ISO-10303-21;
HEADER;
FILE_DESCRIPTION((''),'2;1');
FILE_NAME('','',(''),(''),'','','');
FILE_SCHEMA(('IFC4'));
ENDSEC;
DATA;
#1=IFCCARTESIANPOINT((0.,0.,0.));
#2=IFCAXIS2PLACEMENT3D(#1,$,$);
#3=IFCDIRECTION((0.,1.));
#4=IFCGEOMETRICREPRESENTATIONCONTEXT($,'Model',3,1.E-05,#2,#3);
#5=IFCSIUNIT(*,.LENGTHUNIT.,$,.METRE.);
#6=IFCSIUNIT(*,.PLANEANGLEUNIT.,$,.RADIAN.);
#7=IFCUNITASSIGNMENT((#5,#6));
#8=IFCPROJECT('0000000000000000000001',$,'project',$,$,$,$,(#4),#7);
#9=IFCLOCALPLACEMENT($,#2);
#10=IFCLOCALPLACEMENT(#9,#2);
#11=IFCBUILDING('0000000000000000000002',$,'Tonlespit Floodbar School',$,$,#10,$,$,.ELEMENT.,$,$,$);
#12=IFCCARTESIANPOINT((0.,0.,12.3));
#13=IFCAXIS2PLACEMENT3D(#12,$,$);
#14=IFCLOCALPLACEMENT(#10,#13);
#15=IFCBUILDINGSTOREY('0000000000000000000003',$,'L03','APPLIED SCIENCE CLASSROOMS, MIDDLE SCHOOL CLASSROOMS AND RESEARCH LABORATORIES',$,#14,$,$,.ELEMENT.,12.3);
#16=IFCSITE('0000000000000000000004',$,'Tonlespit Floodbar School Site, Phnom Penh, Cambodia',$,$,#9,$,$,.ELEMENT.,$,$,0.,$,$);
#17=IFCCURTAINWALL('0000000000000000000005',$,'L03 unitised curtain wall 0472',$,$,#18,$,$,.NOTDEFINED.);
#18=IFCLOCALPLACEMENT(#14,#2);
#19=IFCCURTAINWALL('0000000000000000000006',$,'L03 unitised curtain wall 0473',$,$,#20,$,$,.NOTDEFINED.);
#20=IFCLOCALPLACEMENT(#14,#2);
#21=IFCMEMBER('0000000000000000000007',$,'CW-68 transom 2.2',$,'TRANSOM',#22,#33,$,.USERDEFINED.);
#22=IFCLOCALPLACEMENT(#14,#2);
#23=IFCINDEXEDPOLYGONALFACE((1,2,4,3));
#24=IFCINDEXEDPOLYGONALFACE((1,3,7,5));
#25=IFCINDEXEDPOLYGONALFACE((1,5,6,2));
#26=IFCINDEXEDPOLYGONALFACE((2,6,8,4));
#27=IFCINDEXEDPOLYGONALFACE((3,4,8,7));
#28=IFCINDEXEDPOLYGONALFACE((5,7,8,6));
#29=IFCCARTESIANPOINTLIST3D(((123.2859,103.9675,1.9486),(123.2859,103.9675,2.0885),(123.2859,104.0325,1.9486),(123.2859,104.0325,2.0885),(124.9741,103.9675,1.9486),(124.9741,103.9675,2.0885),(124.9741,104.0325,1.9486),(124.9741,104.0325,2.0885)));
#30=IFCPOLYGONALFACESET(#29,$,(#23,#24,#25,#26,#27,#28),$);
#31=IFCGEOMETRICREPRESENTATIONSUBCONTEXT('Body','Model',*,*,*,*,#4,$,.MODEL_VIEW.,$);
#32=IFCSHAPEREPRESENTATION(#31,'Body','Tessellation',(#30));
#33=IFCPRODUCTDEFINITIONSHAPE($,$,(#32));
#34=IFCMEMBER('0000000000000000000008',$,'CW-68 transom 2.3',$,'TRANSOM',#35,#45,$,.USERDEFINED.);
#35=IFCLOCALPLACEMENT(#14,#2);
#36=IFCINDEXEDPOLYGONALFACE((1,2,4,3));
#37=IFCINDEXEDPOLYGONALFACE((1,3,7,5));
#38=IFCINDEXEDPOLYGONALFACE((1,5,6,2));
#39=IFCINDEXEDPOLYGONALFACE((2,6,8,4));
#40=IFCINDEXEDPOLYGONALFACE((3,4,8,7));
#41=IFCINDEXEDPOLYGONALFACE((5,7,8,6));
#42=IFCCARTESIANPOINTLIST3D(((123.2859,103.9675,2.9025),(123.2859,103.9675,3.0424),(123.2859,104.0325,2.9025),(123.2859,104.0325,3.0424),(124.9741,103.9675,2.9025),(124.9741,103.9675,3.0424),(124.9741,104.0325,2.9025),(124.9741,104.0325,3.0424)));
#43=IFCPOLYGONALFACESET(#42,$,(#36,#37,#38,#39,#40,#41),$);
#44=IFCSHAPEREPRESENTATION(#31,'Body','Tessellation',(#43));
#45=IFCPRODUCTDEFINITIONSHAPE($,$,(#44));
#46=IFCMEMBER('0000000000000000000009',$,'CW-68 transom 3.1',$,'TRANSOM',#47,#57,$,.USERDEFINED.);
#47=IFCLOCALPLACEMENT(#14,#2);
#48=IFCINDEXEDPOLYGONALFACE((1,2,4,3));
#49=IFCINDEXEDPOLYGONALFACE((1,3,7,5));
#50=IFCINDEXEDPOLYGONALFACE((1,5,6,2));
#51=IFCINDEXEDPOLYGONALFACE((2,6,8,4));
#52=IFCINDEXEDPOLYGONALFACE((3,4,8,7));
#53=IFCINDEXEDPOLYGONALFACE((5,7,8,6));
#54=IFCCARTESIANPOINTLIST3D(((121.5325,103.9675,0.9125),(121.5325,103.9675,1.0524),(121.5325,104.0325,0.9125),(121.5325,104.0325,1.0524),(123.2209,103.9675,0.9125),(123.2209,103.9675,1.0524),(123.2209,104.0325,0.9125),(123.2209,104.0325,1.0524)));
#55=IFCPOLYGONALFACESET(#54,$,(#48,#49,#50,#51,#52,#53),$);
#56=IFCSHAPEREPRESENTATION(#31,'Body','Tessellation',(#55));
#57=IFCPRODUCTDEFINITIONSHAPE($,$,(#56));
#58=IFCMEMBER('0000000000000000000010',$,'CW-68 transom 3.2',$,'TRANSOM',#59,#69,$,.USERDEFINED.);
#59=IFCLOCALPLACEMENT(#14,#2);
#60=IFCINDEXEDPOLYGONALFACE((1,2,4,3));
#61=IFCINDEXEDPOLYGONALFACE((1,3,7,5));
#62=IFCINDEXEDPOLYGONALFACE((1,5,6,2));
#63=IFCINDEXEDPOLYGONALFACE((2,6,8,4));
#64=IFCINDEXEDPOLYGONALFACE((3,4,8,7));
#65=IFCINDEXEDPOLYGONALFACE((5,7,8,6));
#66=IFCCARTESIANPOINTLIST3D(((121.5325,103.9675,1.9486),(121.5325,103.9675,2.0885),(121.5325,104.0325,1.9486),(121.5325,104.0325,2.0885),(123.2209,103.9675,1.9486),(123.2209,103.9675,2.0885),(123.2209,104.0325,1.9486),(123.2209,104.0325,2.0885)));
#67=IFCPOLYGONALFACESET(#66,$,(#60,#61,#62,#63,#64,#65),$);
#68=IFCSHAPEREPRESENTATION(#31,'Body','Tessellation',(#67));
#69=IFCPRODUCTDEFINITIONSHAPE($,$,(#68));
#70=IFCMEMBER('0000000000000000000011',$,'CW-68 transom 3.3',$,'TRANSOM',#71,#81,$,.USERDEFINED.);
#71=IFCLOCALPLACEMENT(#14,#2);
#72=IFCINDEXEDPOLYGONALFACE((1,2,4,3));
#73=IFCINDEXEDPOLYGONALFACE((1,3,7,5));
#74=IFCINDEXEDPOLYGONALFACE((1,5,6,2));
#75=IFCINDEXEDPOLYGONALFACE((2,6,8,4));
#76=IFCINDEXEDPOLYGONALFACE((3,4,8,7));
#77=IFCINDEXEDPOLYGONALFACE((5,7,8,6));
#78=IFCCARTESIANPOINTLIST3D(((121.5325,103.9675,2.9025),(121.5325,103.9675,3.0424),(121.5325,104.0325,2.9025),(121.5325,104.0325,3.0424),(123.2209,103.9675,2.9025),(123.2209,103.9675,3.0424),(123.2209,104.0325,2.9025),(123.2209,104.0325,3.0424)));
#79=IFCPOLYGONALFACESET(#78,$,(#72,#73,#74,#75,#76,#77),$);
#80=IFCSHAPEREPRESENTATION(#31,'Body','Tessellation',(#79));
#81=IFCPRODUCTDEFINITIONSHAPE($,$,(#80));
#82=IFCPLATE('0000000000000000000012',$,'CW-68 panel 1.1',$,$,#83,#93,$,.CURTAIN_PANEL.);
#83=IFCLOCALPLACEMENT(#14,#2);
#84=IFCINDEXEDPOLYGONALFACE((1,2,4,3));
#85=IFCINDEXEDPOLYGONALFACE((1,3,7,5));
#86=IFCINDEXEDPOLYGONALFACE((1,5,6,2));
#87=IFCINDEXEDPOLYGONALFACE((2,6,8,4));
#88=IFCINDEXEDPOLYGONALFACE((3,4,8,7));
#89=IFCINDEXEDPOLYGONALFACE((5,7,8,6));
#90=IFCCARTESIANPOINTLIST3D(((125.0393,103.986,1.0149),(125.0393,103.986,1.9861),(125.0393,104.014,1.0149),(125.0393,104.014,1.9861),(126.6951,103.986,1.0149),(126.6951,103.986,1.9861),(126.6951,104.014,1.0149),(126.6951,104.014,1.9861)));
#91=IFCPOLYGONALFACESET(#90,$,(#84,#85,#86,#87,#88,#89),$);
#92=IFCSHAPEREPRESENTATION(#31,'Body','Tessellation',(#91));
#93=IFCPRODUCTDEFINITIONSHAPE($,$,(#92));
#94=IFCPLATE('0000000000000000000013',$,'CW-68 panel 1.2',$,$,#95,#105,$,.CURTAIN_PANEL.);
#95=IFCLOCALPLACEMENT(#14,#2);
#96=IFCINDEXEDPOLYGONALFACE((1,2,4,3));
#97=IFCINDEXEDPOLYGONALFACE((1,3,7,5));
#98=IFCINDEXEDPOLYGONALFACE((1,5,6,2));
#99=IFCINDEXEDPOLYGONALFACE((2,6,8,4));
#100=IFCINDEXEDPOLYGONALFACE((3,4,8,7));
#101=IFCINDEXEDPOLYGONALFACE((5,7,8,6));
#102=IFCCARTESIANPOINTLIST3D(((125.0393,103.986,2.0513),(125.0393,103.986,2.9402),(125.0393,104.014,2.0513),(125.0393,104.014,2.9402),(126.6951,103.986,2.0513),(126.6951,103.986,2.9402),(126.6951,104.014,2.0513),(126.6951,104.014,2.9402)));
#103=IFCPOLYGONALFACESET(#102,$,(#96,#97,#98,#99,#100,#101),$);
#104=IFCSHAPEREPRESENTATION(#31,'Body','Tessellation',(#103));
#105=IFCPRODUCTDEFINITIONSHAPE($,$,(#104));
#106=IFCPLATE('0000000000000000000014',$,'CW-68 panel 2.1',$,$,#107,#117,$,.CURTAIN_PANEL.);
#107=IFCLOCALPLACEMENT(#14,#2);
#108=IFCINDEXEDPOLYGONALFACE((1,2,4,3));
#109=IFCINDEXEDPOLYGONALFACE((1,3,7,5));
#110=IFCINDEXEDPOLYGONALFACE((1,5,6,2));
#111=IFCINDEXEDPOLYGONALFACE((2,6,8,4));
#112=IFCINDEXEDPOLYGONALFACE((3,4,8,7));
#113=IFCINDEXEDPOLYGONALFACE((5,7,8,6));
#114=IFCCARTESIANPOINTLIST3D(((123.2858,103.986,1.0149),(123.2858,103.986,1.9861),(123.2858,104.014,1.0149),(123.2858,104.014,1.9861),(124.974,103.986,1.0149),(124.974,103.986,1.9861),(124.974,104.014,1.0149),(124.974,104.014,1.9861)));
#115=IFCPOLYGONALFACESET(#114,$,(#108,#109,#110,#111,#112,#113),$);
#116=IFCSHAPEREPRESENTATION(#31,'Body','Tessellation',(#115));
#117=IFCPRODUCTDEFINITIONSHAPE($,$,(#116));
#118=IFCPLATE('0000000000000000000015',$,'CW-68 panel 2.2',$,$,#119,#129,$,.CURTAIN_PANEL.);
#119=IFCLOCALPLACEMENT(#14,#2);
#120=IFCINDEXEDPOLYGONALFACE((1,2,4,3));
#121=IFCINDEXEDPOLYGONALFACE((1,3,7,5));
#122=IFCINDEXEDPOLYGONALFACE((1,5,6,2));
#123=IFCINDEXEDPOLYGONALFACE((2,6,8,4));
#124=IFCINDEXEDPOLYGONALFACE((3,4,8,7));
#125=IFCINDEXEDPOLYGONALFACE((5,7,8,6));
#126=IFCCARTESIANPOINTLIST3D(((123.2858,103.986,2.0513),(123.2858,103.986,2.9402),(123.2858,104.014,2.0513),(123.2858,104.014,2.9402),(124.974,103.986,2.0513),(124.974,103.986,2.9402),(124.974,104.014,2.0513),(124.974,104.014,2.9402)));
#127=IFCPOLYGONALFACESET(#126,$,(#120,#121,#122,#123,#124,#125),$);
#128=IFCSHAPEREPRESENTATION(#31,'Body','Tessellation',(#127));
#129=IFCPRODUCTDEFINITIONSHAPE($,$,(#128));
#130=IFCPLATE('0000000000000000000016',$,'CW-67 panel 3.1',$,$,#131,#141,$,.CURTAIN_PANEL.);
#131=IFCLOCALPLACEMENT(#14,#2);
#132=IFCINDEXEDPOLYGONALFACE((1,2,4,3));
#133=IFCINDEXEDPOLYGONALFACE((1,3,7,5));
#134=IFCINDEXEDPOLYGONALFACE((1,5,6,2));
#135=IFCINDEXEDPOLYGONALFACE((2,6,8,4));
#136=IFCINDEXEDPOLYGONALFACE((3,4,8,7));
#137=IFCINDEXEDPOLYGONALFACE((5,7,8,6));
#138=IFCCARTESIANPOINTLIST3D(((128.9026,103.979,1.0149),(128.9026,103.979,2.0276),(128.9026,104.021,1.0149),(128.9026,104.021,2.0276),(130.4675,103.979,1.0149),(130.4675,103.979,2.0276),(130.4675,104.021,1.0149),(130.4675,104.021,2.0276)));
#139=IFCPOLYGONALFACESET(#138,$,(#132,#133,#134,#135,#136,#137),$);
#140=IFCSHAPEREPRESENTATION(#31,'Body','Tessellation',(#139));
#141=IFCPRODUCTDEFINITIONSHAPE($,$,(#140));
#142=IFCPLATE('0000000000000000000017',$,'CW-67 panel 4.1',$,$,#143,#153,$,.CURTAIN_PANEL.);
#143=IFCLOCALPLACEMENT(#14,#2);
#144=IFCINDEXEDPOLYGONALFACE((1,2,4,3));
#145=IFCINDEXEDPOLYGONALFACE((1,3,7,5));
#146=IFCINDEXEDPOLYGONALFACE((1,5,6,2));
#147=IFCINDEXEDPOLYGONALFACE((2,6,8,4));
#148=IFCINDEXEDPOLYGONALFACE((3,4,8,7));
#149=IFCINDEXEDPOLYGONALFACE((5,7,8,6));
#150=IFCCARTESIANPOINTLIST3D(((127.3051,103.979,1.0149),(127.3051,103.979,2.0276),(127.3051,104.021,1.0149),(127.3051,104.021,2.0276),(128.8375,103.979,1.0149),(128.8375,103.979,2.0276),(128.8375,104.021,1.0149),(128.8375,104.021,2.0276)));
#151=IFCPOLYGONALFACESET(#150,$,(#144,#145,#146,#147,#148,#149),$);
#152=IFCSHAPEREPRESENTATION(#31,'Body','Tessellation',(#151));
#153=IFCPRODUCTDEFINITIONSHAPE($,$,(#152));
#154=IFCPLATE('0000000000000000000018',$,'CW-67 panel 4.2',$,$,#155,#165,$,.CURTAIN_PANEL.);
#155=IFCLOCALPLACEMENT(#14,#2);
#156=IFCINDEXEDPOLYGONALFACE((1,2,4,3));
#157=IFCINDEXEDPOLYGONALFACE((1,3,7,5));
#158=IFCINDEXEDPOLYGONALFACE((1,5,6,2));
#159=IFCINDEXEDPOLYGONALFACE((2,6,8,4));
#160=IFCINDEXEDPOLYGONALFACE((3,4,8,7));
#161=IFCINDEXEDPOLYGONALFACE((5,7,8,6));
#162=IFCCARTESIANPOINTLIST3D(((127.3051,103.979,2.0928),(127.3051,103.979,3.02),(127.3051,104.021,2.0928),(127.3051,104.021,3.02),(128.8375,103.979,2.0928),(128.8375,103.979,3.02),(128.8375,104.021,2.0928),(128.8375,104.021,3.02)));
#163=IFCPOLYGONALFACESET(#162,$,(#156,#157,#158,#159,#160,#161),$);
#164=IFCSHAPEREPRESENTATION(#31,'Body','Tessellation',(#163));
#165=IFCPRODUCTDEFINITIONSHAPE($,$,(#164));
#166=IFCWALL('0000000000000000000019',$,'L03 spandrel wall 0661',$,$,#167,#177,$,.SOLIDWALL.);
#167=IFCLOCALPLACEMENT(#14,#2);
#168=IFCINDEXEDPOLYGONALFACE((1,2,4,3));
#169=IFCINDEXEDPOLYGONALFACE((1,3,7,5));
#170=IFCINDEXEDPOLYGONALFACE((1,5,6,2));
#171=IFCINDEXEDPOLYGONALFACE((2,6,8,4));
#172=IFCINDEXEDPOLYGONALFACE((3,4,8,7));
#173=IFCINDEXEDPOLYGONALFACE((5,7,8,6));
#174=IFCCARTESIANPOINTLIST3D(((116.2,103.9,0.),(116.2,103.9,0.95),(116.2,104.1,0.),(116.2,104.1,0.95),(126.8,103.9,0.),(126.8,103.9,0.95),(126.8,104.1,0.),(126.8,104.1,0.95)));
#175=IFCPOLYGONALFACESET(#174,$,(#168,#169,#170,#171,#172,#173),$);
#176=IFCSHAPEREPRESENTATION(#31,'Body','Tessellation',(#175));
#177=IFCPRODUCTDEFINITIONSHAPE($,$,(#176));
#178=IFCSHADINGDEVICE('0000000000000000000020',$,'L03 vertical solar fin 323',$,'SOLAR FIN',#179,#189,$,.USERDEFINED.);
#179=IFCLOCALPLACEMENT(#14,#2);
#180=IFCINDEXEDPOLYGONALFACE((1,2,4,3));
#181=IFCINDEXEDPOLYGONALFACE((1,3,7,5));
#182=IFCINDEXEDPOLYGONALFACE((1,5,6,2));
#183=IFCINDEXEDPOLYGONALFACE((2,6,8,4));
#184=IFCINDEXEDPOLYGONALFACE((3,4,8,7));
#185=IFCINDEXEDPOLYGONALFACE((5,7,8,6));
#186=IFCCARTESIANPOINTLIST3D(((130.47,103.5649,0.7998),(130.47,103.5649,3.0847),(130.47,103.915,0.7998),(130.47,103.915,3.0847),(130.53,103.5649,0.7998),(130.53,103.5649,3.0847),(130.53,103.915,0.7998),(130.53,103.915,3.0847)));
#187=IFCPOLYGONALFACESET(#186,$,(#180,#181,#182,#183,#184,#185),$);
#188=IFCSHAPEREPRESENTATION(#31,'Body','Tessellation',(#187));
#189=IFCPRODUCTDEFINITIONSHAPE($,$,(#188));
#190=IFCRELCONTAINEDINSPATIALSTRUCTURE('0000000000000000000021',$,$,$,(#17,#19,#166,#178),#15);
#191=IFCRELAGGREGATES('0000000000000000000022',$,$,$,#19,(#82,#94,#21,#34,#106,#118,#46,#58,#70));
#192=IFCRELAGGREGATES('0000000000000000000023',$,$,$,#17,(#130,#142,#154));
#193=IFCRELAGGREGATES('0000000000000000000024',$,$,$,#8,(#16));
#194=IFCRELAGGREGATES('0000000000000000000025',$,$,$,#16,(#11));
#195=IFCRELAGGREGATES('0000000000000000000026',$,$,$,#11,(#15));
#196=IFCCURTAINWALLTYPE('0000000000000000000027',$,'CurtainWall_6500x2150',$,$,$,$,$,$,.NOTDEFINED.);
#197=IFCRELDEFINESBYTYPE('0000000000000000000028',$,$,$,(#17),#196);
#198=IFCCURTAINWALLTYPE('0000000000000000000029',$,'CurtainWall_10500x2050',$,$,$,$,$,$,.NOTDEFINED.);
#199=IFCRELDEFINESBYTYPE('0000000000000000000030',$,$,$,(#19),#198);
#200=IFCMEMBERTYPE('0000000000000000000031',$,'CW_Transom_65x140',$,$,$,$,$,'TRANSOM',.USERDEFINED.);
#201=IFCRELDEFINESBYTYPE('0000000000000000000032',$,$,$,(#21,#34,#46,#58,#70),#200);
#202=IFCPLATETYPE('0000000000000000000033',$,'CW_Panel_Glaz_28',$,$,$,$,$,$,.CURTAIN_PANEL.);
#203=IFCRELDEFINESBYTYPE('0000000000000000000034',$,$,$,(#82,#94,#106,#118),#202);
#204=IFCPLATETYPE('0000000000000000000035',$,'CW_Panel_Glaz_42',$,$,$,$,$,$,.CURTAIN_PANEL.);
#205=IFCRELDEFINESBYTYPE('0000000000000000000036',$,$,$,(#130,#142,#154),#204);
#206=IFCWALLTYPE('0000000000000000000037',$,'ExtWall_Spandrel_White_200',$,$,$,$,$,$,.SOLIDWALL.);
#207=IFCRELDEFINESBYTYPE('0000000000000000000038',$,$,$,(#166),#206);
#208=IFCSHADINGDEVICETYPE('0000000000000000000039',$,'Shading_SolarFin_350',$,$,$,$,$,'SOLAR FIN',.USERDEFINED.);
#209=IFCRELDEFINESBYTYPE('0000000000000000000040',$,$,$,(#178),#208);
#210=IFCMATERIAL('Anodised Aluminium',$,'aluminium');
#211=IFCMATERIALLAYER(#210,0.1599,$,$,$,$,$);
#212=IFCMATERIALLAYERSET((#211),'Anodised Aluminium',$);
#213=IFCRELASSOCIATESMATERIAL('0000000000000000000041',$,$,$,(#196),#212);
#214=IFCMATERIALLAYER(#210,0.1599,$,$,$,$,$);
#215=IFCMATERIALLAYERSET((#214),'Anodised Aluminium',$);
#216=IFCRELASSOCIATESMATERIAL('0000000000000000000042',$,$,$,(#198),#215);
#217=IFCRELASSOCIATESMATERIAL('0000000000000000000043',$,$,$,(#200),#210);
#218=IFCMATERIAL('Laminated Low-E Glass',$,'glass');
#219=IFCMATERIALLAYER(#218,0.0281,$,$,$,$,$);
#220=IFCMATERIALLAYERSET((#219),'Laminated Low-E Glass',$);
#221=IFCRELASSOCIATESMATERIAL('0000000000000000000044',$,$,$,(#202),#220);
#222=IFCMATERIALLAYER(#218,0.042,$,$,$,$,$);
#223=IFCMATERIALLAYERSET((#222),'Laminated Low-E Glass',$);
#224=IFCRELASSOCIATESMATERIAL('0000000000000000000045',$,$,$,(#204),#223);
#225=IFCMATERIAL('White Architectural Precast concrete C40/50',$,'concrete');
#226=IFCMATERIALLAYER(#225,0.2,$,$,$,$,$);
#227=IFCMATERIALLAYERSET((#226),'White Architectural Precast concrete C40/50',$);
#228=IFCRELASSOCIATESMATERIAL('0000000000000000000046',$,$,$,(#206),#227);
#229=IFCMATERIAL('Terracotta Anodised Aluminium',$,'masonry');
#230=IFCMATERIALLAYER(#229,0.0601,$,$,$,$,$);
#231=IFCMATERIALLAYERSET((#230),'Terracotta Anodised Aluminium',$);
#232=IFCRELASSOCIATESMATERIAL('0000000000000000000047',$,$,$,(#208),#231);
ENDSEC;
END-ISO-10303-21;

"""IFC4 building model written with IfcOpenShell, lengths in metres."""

from ifc_helpers import new_model, si_unit, direction, frame, frame_2d, origin, origin_2d, place, context, subcontext, project, spatial, rectangle, extrude, material, layer, layer_set, material_profile, profile_set, type_object, element, aggregate, save


model = new_model("IFC4")

# Units and contexts
model_context = context("Model", 3, precision=1e-05, world=origin(), true_north=direction((0.0, 1.0)))
body_context = subcontext(model_context, "Body", "Model", "MODEL_VIEW")
ifc_project = project(units=[si_unit("LENGTHUNIT", "METRE"), si_unit("PLANEANGLEUNIT", "RADIAN")], contexts=[model_context])

# Site, building, storey
site_placement = place(None, origin())
site = spatial("IfcSite", under=ifc_project, at=site_placement, Name="Tonlespit Floodbar School Site, Phnom Penh, Cambodia", CompositionType="ELEMENT", RefElevation=0.0)
building_placement = place(site_placement, origin())
building = spatial("IfcBuilding", under=site, at=building_placement, Name="Tonlespit Floodbar School", CompositionType="ELEMENT")
storey_placement = place(building_placement, frame((0.0, 0.0, 12.3)))
storey = spatial("IfcBuildingStorey", under=building, at=storey_placement, Name="L03", Description="APPLIED SCIENCE CLASSROOMS, MIDDLE SCHOOL CLASSROOMS AND RESEARCH LABORATORIES", CompositionType="ELEMENT", Elevation=12.3)

# Curtain walls
ifc_material_1 = material(Name="Anodised Aluminium", Category="aluminium")
ifc_layer_1 = layer(ifc_material_1, 0.1599)
ifc_layer_set_1 = layer_set([ifc_layer_1], Name="Anodised Aluminium")
curtain_wall_type_1 = type_object("IfcCurtainWallType", Name="CurtainWall_6500x2150", PredefinedType="NOTDEFINED", material=ifc_layer_set_1)
curtain_wall_1_placement = place(storey_placement, origin())
curtain_wall_1 = element("IfcCurtainWall", 1, at=curtain_wall_1_placement, inside=storey, type_object=curtain_wall_type_1, Name="L03 unitised curtain wall 0472", PredefinedType="NOTDEFINED")
ifc_layer_2 = layer(ifc_material_1, 0.1599)
ifc_layer_set_2 = layer_set([ifc_layer_2], Name="Anodised Aluminium")
curtain_wall_type_2 = type_object("IfcCurtainWallType", Name="CurtainWall_10500x2050", PredefinedType="NOTDEFINED", material=ifc_layer_set_2)
curtain_wall_2_placement = place(storey_placement, origin())
curtain_wall_2 = element("IfcCurtainWall", 2, at=curtain_wall_2_placement, inside=storey, type_object=curtain_wall_type_2, Name="L03 unitised curtain wall 0473", PredefinedType="NOTDEFINED")

# Members
ifc_material_profile_1 = material_profile(ifc_material_1, rectangle(XDim=0.0649, YDim=0.1399, at=origin_2d()), Name="ALU T65x140")
ifc_profile_set_1 = profile_set([ifc_material_profile_1], Name="Anodised Aluminium")
member_type_1 = type_object("IfcMemberType", Name="CW_Transom_65x140", ElementType="TRANSOM", PredefinedType="USERDEFINED", material=ifc_profile_set_1)
member_1_placement = place(storey_placement, frame((124.9741, 104.0, 2.0186), z_axis=(-1.0, 0.0, 0.0), x_axis=(0.0, -1.0, 0.0)))
member_1 = element("IfcMember", 3, at=member_1_placement, type_object=member_type_1, Name="CW-68 transom 2.2", ObjectType="TRANSOM", PredefinedType="USERDEFINED", context=body_context, shape_type="SweptSolid", body=[
    extrude(rectangle(XDim=0.0649, YDim=0.1399, at=origin_2d()), origin(), (0.0, 0.0, 1.0), 1.6882),
])
member_2_placement = place(storey_placement, frame((124.9741, 104.0, 2.9724), z_axis=(-1.0, 0.0, 0.0), x_axis=(0.0, -1.0, 0.0)))
member_2 = element("IfcMember", 4, at=member_2_placement, type_object=member_type_1, Name="CW-68 transom 2.3", ObjectType="TRANSOM", PredefinedType="USERDEFINED", context=body_context, shape_type="SweptSolid", body=[
    extrude(rectangle(XDim=0.0649, YDim=0.1399, at=origin_2d()), origin(), (0.0, 0.0, 1.0), 1.6882),
])
member_3_placement = place(storey_placement, frame((123.2209, 104.0, 0.9824), z_axis=(-1.0, 0.0, 0.0), x_axis=(0.0, -1.0, 0.0)))
member_3 = element("IfcMember", 5, at=member_3_placement, type_object=member_type_1, Name="CW-68 transom 3.1", ObjectType="TRANSOM", PredefinedType="USERDEFINED", context=body_context, shape_type="SweptSolid", body=[
    extrude(rectangle(XDim=0.0649, YDim=0.1399, at=origin_2d()), origin(), (0.0, 0.0, 1.0), 1.6885),
])
member_4_placement = place(storey_placement, frame((123.2209, 104.0, 2.0186), z_axis=(-1.0, 0.0, 0.0), x_axis=(0.0, -1.0, 0.0)))
member_4 = element("IfcMember", 6, at=member_4_placement, type_object=member_type_1, Name="CW-68 transom 3.2", ObjectType="TRANSOM", PredefinedType="USERDEFINED", context=body_context, shape_type="SweptSolid", body=[
    extrude(rectangle(XDim=0.0649, YDim=0.1399, at=origin_2d()), origin(), (0.0, 0.0, 1.0), 1.6885),
])
member_5_placement = place(storey_placement, frame((123.2209, 104.0, 2.9724), z_axis=(-1.0, 0.0, 0.0), x_axis=(0.0, -1.0, 0.0)))
member_5 = element("IfcMember", 7, at=member_5_placement, type_object=member_type_1, Name="CW-68 transom 3.3", ObjectType="TRANSOM", PredefinedType="USERDEFINED", context=body_context, shape_type="SweptSolid", body=[
    extrude(rectangle(XDim=0.0649, YDim=0.1399, at=origin_2d()), origin(), (0.0, 0.0, 1.0), 1.6885),
])

# Plates
ifc_material_2 = material(Name="Laminated Low-E Glass", Category="glass")
ifc_layer_3 = layer(ifc_material_2, 0.0281)
ifc_layer_set_3 = layer_set([ifc_layer_3], Name="Laminated Low-E Glass")
plate_type_1 = type_object("IfcPlateType", Name="CW_Panel_Glaz_28", PredefinedType="CURTAIN_PANEL", material=ifc_layer_set_3)
plate_1_placement = place(storey_placement, frame((125.8672, 104.0, 1.0149), z_axis=(0.0, 0.0, 1.0), x_axis=(-1.0, 0.0, 0.0)))
plate_1 = element("IfcPlate", 8, at=plate_1_placement, type_object=plate_type_1, Name="CW-68 panel 1.1", PredefinedType="CURTAIN_PANEL", context=body_context, shape_type="SweptSolid", body=[
    extrude(rectangle(XDim=1.6558, YDim=0.0281, at=origin_2d()), origin(), (0.0, 0.0, 1.0), 0.9712),
])
plate_2_placement = place(storey_placement, frame((125.8672, 104.0, 2.0513), z_axis=(0.0, 0.0, 1.0), x_axis=(-1.0, 0.0, 0.0)))
plate_2 = element("IfcPlate", 9, at=plate_2_placement, type_object=plate_type_1, Name="CW-68 panel 1.2", PredefinedType="CURTAIN_PANEL", context=body_context, shape_type="SweptSolid", body=[
    extrude(rectangle(XDim=1.6558, YDim=0.0281, at=origin_2d()), origin(), (0.0, 0.0, 1.0), 0.8889),
])
plate_3_placement = place(storey_placement, frame((124.1299, 104.0, 1.0149), z_axis=(0.0, 0.0, 1.0), x_axis=(-1.0, 0.0, 0.0)))
plate_3 = element("IfcPlate", 10, at=plate_3_placement, type_object=plate_type_1, Name="CW-68 panel 2.1", PredefinedType="CURTAIN_PANEL", context=body_context, shape_type="SweptSolid", body=[
    extrude(rectangle(XDim=1.6882, YDim=0.0281, at=origin_2d()), origin(), (0.0, 0.0, 1.0), 0.9712),
])
plate_4_placement = place(storey_placement, frame((124.1299, 104.0, 2.0513), z_axis=(0.0, 0.0, 1.0), x_axis=(-1.0, 0.0, 0.0)))
plate_4 = element("IfcPlate", 11, at=plate_4_placement, type_object=plate_type_1, Name="CW-68 panel 2.2", PredefinedType="CURTAIN_PANEL", context=body_context, shape_type="SweptSolid", body=[
    extrude(rectangle(XDim=1.6882, YDim=0.0281, at=origin_2d()), origin(), (0.0, 0.0, 1.0), 0.8889),
])
aggregate(curtain_wall_2, [plate_1, plate_2, member_1, member_2, plate_3, plate_4, member_3, member_4, member_5])
ifc_layer_4 = layer(ifc_material_2, 0.042)
ifc_layer_set_4 = layer_set([ifc_layer_4], Name="Laminated Low-E Glass")
plate_type_2 = type_object("IfcPlateType", Name="CW_Panel_Glaz_42", PredefinedType="CURTAIN_PANEL", material=ifc_layer_set_4)
plate_5_placement = place(storey_placement, frame((129.6851, 104.0, 1.0149), z_axis=(0.0, 0.0, 1.0), x_axis=(-1.0, 0.0, 0.0)))
plate_5 = element("IfcPlate", 12, at=plate_5_placement, type_object=plate_type_2, Name="CW-67 panel 3.1", PredefinedType="CURTAIN_PANEL", context=body_context, shape_type="SweptSolid", body=[
    extrude(rectangle(XDim=1.5649, YDim=0.042, at=origin_2d()), origin(), (0.0, 0.0, 1.0), 1.0127),
])
plate_6_placement = place(storey_placement, frame((128.0713, 104.0, 1.0149), z_axis=(0.0, 0.0, 1.0), x_axis=(-1.0, 0.0, 0.0)))
plate_6 = element("IfcPlate", 13, at=plate_6_placement, type_object=plate_type_2, Name="CW-67 panel 4.1", PredefinedType="CURTAIN_PANEL", context=body_context, shape_type="SweptSolid", body=[
    extrude(rectangle(XDim=1.5325, YDim=0.042, at=origin_2d()), origin(), (0.0, 0.0, 1.0), 1.0127),
])
plate_7_placement = place(storey_placement, frame((128.0713, 104.0, 2.0928), z_axis=(0.0, 0.0, 1.0), x_axis=(-1.0, 0.0, 0.0)))
plate_7 = element("IfcPlate", 14, at=plate_7_placement, type_object=plate_type_2, Name="CW-67 panel 4.2", PredefinedType="CURTAIN_PANEL", context=body_context, shape_type="SweptSolid", body=[
    extrude(rectangle(XDim=1.5325, YDim=0.042, at=origin_2d()), origin(), (0.0, 0.0, 1.0), 0.9272),
])
aggregate(curtain_wall_1, [plate_5, plate_6, plate_7])

# Wall
ifc_material_3 = material(Name="White Architectural Precast concrete C40/50", Category="concrete")
ifc_layer_5 = layer(ifc_material_3, 0.2)
ifc_layer_set_5 = layer_set([ifc_layer_5], Name="White Architectural Precast concrete C40/50")
wall_type = type_object("IfcWallType", Name="ExtWall_Spandrel_White_200", PredefinedType="SOLIDWALL", material=ifc_layer_set_5)
wall_placement = place(storey_placement, frame((126.8, 104.0, 0.0), z_axis=(0.0, 0.0, 1.0), x_axis=(-1.0, 0.0, 0.0)))
element("IfcWall", 15, at=wall_placement, inside=storey, type_object=wall_type, Name="L03 spandrel wall 0661", PredefinedType="SOLIDWALL", context=body_context, shape_type="SweptSolid", body=[
    extrude(rectangle(XDim=10.6001, YDim=0.2, at=frame_2d((5.3, 0.0))), origin(), (0.0, 0.0, 1.0), 0.95),
])

# Shading device
ifc_material_4 = material(Name="Terracotta Anodised Aluminium", Category="masonry")
ifc_layer_6 = layer(ifc_material_4, 0.0601)
ifc_layer_set_6 = layer_set([ifc_layer_6], Name="Terracotta Anodised Aluminium")
shading_device_type = type_object("IfcShadingDeviceType", Name="Shading_SolarFin_350", ElementType="SOLAR FIN", PredefinedType="USERDEFINED", material=ifc_layer_set_6)
shading_device_placement = place(storey_placement, frame((130.5, 103.74, 0.7998), z_axis=(0.0, 0.0, 1.0), x_axis=(-1.0, 0.0, 0.0)))
element("IfcShadingDevice", 16, at=shading_device_placement, inside=storey, type_object=shading_device_type, Name="L03 vertical solar fin 323", ObjectType="SOLAR FIN", PredefinedType="USERDEFINED", context=body_context, shape_type="SweptSolid", body=[
    extrude(rectangle(XDim=0.0601, YDim=0.3501, at=origin_2d()), origin(), (0.0, 0.0, 1.0), 2.2849),
])

save(model, "model.ifc")
